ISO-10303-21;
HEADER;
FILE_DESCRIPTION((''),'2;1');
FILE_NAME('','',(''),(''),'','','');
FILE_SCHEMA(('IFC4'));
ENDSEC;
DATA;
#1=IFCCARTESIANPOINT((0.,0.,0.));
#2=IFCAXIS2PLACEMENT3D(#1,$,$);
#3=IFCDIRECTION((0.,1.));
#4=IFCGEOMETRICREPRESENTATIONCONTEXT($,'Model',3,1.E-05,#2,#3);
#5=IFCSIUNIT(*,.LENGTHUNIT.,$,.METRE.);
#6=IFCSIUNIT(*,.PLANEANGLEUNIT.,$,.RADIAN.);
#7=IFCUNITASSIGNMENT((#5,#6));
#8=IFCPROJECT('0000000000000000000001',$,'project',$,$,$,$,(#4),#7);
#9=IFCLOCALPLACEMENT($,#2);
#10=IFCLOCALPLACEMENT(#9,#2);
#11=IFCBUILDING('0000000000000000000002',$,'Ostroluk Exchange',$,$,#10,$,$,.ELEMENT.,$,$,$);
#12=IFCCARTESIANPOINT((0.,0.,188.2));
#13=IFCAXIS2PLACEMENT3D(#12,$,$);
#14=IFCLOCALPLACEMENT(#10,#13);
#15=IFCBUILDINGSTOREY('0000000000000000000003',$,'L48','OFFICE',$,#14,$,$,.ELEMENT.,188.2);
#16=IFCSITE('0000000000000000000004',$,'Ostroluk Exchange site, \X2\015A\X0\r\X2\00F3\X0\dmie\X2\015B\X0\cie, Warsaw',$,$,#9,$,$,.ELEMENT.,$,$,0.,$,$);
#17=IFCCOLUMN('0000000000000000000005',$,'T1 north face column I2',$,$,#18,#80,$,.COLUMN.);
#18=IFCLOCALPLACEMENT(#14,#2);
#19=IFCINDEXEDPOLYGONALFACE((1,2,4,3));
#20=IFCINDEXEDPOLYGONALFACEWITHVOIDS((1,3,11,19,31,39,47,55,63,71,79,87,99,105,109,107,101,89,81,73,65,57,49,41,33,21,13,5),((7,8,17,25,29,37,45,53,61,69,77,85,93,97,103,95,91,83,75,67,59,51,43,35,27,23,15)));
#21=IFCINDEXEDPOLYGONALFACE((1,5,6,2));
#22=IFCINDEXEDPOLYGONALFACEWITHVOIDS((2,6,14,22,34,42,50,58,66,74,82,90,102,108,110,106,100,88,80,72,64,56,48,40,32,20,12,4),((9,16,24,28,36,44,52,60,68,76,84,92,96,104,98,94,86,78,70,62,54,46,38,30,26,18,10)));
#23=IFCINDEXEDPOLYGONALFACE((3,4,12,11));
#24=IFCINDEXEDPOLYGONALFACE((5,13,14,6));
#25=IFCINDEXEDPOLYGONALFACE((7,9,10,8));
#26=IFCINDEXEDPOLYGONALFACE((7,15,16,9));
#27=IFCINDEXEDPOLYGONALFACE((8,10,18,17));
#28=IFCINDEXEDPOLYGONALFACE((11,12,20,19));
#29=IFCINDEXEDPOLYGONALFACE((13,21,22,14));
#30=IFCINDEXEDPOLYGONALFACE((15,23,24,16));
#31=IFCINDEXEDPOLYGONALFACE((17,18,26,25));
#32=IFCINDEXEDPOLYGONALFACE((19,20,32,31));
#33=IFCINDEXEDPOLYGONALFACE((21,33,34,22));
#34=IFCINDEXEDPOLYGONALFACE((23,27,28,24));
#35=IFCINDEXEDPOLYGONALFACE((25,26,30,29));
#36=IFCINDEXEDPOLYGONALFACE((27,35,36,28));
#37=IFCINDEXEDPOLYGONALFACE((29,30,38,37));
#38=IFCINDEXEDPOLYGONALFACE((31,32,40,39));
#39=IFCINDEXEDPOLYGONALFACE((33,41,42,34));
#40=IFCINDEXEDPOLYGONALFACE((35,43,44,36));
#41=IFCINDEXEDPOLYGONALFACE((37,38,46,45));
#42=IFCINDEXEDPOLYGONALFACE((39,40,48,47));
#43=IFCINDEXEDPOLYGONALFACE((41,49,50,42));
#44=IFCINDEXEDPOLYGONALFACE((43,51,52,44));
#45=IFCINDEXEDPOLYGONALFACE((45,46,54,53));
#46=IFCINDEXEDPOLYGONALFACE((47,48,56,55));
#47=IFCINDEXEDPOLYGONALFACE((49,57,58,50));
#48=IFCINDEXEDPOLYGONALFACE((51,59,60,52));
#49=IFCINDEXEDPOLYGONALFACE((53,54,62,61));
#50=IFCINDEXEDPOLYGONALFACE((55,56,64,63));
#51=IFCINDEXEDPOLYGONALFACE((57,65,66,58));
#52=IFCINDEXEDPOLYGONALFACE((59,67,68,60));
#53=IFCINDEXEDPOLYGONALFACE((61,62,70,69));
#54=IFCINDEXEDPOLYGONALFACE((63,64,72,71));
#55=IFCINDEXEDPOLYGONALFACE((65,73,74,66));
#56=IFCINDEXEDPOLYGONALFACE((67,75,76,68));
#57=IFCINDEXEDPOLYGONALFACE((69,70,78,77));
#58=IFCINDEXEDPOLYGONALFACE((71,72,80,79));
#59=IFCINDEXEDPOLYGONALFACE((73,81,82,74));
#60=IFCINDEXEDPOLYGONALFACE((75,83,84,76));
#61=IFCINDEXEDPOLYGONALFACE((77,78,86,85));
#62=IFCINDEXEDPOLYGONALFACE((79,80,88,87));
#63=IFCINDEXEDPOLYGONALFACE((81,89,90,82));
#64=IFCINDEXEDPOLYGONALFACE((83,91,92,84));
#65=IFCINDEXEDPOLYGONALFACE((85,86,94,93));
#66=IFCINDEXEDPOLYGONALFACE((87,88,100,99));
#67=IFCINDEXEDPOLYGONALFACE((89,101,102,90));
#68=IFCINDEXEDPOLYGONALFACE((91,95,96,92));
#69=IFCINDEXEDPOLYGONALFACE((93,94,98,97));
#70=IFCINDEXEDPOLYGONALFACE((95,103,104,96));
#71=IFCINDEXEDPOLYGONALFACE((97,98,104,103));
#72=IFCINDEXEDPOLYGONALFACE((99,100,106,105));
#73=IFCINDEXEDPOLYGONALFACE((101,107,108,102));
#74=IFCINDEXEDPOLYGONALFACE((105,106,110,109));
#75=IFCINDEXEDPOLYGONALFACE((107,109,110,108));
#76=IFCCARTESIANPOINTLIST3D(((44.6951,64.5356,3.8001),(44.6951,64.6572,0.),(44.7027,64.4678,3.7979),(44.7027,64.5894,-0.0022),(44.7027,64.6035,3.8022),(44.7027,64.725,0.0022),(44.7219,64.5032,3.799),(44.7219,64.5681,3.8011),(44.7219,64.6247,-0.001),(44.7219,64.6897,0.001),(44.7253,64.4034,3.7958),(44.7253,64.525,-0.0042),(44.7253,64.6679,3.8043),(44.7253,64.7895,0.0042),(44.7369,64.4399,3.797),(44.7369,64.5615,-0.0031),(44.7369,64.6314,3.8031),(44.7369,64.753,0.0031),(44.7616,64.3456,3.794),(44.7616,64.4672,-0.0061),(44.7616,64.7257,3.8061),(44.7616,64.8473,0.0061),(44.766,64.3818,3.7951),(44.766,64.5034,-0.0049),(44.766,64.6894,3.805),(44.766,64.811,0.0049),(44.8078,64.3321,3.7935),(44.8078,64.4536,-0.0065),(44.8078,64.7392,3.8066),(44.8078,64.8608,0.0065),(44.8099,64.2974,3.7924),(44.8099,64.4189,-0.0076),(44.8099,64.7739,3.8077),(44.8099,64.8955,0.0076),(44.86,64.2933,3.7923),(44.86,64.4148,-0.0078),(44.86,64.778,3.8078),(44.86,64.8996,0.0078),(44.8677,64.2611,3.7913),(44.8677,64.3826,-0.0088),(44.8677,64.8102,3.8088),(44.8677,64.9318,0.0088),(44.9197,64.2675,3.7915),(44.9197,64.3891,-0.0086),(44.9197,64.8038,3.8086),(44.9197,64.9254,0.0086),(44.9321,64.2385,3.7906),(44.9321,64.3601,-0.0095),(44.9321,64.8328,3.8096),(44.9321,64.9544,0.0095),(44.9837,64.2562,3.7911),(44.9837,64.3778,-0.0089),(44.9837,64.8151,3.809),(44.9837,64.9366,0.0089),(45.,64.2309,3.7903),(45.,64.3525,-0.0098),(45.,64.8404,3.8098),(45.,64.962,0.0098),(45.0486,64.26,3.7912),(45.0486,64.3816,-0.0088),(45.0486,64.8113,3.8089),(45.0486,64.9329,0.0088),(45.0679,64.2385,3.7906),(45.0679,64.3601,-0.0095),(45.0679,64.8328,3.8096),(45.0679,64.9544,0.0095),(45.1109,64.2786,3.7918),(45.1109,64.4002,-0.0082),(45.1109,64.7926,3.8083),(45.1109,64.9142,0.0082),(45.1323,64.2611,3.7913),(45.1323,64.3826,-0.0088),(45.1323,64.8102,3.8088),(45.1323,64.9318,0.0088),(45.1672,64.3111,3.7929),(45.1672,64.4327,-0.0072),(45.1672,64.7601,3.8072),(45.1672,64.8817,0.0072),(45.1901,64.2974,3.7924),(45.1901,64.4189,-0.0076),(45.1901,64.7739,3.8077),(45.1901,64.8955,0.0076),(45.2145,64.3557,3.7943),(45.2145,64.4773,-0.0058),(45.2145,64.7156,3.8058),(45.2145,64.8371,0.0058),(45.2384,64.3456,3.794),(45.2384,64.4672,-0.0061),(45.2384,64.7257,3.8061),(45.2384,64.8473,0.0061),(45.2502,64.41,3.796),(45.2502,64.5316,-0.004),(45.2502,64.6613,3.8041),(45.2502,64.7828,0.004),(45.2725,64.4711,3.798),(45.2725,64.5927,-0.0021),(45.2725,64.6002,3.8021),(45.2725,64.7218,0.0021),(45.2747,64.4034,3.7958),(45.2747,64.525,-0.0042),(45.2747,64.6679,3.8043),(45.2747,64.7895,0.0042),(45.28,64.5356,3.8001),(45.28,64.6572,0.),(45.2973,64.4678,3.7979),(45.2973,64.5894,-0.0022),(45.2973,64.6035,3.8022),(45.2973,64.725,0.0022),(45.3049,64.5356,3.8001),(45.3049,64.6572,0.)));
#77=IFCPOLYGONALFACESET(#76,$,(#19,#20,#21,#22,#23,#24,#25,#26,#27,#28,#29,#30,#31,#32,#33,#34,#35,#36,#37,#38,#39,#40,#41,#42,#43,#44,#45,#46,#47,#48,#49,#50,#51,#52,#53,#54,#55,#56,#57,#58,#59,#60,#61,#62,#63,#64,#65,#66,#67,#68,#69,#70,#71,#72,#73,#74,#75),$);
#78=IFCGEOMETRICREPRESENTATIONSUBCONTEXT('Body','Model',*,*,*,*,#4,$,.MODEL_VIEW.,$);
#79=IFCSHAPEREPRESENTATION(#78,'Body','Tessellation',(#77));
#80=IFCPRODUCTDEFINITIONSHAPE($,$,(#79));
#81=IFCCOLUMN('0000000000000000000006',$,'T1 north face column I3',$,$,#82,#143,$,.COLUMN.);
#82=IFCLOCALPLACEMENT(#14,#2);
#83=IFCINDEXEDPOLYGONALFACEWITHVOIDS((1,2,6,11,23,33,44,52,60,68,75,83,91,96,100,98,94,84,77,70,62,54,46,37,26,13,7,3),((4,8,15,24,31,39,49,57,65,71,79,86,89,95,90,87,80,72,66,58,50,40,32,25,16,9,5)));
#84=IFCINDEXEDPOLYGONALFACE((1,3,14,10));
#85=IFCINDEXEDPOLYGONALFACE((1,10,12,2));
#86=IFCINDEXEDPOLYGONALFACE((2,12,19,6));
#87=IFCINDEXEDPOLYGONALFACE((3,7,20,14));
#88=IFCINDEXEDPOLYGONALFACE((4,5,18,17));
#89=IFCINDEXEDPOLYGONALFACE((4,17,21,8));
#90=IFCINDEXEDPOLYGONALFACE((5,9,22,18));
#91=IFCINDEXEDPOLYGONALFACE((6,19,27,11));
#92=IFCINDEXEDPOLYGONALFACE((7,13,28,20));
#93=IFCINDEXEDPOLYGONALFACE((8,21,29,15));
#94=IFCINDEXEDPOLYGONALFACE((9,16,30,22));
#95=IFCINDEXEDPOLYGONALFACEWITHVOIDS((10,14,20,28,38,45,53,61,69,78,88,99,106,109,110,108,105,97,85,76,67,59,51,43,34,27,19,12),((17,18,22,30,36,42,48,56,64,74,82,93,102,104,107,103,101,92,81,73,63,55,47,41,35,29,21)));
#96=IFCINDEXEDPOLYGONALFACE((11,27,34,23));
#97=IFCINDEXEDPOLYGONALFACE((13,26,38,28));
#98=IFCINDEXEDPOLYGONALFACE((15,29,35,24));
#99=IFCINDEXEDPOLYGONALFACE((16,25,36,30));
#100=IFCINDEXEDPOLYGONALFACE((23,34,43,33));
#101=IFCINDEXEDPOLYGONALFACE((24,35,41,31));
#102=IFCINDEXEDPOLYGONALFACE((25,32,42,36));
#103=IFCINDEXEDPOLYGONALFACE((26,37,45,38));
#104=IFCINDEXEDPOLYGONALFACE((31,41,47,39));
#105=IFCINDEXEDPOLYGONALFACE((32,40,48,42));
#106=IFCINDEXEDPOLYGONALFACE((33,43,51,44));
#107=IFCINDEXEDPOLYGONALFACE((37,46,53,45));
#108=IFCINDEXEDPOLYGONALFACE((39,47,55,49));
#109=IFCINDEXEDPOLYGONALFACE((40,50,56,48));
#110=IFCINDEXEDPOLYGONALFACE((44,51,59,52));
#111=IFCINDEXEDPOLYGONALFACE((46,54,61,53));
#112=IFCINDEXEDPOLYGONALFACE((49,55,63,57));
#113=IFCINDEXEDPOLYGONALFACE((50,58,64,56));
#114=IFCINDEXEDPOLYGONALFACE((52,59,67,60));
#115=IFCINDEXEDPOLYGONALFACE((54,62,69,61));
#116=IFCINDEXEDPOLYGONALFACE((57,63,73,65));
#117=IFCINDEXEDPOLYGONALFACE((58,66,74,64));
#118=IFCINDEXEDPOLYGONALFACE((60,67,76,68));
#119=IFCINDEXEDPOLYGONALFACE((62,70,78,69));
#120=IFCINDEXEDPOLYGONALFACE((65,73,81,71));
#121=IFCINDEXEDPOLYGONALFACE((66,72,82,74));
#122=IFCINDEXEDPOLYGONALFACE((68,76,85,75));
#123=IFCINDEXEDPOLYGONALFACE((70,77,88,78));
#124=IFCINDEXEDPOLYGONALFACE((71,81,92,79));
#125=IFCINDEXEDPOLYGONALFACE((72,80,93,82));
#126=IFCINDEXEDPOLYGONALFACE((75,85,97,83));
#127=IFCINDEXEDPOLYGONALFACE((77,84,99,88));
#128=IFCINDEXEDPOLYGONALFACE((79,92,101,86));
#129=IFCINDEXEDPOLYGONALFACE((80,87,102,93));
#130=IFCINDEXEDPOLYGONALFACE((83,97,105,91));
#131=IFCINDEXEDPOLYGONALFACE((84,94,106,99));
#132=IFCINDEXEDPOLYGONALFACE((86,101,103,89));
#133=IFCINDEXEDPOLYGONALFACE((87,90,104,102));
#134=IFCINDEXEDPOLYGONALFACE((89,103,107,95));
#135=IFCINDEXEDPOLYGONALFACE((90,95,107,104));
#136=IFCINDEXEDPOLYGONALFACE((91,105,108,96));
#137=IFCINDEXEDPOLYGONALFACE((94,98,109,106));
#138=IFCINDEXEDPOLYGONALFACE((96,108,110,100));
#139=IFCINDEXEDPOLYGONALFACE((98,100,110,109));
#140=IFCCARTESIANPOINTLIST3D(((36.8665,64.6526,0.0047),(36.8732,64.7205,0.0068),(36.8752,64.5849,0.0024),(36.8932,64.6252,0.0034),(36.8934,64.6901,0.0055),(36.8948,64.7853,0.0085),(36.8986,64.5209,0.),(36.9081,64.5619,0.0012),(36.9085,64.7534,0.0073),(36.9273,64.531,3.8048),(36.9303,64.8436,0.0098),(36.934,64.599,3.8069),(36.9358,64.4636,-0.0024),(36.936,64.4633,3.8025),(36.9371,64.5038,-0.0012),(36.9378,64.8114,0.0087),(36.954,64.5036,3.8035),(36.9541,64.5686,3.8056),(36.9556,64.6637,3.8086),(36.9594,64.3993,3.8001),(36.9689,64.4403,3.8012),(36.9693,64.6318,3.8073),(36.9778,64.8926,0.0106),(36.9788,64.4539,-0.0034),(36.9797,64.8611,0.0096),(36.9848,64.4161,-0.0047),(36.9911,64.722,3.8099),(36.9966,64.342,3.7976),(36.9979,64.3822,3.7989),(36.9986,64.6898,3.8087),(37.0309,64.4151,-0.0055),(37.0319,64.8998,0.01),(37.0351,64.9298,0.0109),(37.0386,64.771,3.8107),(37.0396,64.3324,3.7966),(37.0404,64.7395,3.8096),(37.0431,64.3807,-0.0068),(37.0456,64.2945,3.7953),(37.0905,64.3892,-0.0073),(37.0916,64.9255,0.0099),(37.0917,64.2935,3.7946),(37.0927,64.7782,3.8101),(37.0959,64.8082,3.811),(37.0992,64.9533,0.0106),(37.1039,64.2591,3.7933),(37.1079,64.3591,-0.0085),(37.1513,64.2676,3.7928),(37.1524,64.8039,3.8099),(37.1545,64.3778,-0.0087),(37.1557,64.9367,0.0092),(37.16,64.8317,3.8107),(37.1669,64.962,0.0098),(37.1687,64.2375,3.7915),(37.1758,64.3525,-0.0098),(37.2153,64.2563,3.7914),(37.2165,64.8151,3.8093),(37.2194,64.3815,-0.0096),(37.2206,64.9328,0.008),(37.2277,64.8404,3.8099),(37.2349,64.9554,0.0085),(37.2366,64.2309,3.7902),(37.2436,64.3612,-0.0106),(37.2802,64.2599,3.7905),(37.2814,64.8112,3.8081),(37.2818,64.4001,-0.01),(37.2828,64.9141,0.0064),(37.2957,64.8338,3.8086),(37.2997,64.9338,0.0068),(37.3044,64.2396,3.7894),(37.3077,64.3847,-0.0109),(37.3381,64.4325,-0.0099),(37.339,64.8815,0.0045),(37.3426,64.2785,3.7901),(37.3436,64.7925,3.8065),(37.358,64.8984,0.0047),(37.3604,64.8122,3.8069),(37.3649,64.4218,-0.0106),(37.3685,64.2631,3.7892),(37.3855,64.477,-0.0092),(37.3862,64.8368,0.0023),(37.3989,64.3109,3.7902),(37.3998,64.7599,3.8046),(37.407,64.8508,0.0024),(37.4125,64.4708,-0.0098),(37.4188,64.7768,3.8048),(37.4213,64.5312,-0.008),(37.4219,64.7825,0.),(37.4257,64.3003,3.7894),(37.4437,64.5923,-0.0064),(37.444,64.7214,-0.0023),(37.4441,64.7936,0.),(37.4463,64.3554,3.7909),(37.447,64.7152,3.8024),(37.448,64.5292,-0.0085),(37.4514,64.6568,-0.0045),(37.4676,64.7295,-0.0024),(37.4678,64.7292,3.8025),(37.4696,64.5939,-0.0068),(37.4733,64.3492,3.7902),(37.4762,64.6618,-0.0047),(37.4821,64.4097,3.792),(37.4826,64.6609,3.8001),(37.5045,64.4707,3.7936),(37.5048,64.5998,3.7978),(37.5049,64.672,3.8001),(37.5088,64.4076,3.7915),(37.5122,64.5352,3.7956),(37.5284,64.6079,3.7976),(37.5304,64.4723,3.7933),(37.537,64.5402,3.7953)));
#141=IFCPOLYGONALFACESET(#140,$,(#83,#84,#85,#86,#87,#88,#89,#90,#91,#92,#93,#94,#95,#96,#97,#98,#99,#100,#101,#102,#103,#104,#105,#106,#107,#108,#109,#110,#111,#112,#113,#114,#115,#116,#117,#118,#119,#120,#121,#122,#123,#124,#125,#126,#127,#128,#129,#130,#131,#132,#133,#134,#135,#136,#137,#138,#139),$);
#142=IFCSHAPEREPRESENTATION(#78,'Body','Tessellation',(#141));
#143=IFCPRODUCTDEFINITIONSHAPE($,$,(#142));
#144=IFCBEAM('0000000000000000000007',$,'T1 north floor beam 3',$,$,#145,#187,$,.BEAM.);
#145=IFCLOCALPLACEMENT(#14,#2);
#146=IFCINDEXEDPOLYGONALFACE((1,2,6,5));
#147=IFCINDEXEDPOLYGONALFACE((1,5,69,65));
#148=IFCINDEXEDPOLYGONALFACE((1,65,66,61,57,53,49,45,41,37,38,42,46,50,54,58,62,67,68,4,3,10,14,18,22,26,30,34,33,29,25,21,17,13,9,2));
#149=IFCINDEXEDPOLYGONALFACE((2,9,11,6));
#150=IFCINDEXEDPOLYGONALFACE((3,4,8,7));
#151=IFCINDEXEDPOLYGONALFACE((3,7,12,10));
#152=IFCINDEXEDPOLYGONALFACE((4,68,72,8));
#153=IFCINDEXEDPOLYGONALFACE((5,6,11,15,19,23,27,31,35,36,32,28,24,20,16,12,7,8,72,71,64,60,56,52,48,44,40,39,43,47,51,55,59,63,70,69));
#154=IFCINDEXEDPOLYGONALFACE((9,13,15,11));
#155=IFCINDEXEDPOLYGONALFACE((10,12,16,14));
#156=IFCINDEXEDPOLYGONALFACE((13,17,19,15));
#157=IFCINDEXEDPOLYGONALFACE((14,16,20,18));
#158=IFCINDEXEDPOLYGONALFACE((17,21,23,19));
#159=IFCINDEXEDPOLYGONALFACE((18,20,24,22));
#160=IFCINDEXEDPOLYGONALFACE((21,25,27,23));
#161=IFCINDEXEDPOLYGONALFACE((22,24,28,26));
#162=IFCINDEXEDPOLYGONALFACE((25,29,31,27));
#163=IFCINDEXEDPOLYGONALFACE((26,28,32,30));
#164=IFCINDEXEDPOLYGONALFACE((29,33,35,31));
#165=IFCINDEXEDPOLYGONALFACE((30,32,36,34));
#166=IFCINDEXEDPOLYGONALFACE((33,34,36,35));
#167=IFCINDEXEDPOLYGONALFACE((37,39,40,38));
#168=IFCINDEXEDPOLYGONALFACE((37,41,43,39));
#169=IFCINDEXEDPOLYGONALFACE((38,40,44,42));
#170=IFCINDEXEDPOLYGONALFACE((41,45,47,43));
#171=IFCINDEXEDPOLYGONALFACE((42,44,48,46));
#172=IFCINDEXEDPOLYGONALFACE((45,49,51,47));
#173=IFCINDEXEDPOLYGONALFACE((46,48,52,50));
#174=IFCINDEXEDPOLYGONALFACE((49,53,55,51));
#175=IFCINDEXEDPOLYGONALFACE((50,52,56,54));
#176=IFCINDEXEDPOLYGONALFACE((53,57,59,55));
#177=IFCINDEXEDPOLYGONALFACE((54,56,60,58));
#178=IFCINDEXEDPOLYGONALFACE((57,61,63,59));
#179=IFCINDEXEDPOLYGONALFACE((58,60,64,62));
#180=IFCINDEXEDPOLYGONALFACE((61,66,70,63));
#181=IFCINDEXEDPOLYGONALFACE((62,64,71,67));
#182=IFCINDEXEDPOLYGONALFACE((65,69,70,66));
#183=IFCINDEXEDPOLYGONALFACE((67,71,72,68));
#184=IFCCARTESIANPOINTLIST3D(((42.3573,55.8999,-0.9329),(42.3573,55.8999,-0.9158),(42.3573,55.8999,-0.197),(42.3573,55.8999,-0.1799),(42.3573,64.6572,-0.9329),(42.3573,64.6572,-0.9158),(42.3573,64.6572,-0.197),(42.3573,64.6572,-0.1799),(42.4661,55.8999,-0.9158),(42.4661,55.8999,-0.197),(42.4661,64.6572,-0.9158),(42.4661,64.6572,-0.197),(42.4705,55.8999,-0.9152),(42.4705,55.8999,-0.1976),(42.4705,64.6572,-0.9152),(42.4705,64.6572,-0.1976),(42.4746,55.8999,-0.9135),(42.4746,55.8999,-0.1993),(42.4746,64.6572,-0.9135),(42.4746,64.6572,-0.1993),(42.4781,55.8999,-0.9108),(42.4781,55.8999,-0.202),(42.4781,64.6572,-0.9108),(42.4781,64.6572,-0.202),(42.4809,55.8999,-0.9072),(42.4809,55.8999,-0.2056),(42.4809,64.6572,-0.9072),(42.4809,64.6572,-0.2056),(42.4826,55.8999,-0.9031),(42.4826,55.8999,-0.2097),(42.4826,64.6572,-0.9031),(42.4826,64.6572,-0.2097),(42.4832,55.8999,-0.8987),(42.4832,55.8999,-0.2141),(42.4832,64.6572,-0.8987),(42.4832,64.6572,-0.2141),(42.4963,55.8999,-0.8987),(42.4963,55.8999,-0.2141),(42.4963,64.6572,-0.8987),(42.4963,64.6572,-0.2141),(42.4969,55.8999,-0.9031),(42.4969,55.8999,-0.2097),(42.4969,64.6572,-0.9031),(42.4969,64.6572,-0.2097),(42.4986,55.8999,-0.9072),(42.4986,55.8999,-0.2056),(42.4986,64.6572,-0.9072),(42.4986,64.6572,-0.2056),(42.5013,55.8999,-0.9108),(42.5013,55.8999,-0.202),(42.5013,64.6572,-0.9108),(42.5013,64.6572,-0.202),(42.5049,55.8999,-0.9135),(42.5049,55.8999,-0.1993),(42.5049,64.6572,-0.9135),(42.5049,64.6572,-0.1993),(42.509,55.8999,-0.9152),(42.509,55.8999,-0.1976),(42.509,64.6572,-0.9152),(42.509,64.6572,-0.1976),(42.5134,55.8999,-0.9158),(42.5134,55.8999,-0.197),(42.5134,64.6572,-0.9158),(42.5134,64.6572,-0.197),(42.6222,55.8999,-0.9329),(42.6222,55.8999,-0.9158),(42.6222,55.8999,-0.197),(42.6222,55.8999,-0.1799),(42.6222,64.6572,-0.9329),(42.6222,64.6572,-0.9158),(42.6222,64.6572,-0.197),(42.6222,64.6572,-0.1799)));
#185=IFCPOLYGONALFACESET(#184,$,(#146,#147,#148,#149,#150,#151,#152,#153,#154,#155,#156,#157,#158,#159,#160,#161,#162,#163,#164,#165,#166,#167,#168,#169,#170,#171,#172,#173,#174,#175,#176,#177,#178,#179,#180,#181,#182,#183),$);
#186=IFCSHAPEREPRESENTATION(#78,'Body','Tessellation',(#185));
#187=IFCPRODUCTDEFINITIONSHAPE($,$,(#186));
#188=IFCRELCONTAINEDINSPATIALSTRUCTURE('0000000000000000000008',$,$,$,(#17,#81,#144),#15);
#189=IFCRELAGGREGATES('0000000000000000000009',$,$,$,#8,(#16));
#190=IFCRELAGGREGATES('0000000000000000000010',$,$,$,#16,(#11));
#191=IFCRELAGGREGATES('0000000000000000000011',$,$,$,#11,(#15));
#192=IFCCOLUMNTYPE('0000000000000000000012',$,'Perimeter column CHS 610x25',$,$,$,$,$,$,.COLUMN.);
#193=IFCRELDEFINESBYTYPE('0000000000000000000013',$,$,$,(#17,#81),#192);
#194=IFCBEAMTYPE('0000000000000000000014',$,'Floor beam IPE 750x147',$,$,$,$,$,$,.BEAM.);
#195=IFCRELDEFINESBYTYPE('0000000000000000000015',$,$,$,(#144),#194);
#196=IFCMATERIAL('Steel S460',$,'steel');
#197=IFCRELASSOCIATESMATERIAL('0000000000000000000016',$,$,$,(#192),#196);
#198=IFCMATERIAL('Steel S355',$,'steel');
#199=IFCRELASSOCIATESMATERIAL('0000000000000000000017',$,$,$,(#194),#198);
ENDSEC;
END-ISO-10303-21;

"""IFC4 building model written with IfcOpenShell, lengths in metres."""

from ifc_helpers import new_model, si_unit, direction, frame, origin, origin_2d, place, context, subcontext, project, spatial, hollow_circle, i_section, extrude, material, material_profile, profile_set, type_object, element, save


model = new_model("IFC4")

# Units and contexts
model_context = context("Model", 3, precision=1e-05, world=origin(), true_north=direction((0.0, 1.0)))
body_context = subcontext(model_context, "Body", "Model", "MODEL_VIEW")
ifc_project = project(units=[si_unit("LENGTHUNIT", "METRE"), si_unit("PLANEANGLEUNIT", "RADIAN")], contexts=[model_context])

# Site, building, storey
site_placement = place(None, origin())
site = spatial("IfcSite", under=ifc_project, at=site_placement, Name="Ostroluk Exchange site, Śródmieście, Warsaw", CompositionType="ELEMENT", RefElevation=0.0)
building_placement = place(site_placement, origin())
building = spatial("IfcBuilding", under=site, at=building_placement, Name="Ostroluk Exchange", CompositionType="ELEMENT")
storey_placement = place(building_placement, frame((0.0, 0.0, 188.2)))
storey = spatial("IfcBuildingStorey", under=building, at=storey_placement, Name="L48", Description="OFFICE", CompositionType="ELEMENT", Elevation=188.2)

# Columns
ifc_material_1 = material(Name="Steel S460", Category="steel")
ifc_material_profile_1 = material_profile(ifc_material_1, hollow_circle(Radius=0.3049, WallThickness=0.0249, at=origin_2d()), Name="CHS 610x25")
ifc_profile_set_1 = profile_set([ifc_material_profile_1], Name="Steel S460")
column_type = type_object("IfcColumnType", Name="Perimeter column CHS 610x25", PredefinedType="COLUMN", material=ifc_profile_set_1)
column_1_placement = place(storey_placement, frame((45.0, 64.6572, 0.0), z_axis=(0.0, -0.031978, 0.999489), x_axis=(1.0, 0.0, 0.0)))
element("IfcColumn", 1, at=column_1_placement, inside=storey, type_object=column_type, Name="T1 north face column I2", PredefinedType="COLUMN", context=body_context, shape_type="SweptSolid", body=[
    extrude(hollow_circle(Radius=0.3049, WallThickness=0.0249, at=origin_2d()), origin(), (0.0, 0.0, 1.0), 3.802),
])
column_2_placement = place(storey_placement, frame((37.1714, 64.6572, 0.0), z_axis=(0.015987, -0.031974, 0.999361), x_axis=(0.894427, 0.447214, 0.0)))
element("IfcColumn", 2, at=column_2_placement, inside=storey, type_object=column_type, Name="T1 north face column I3", PredefinedType="COLUMN", context=body_context, shape_type="SweptSolid", body=[
    extrude(hollow_circle(Radius=0.3049, WallThickness=0.0249, at=origin_2d()), origin(), (0.0, 0.0, 1.0), 3.8025),
])

# Beam
ifc_material_2 = material(Name="Steel S355", Category="steel")
ifc_material_profile_2 = material_profile(ifc_material_2, i_section(OverallWidth=0.2649, OverallDepth=0.7529, WebThickness=0.0132, FlangeThickness=0.0171, FilletRadius=0.0171, at=origin_2d()), Name="IPE 750x147")
ifc_profile_set_2 = profile_set([ifc_material_profile_2], Name="Steel S355")
beam_type_1 = type_object("IfcBeamType", Name="Floor beam IPE 750x147", PredefinedType="BEAM", material=ifc_profile_set_2)
for number, where, z_axis, x_axis, name in (
    (3, (42.4897, 55.8999, -0.5564), (0.0, 1.0, 0.0), (-1.0, 0.0, 0.0), "T1 north floor beam 3"),
):
    element("IfcBeam", number, at=place(storey_placement, frame(where, z_axis=z_axis, x_axis=x_axis)), inside=storey, type_object=beam_type_1, Name=name, PredefinedType="BEAM", context=body_context, shape_type="SweptSolid", body=[
        extrude(i_section(OverallWidth=0.2649, OverallDepth=0.7529, WebThickness=0.0132, FlangeThickness=0.0171, FilletRadius=0.0171, at=origin_2d()), origin(), (0.0, 0.0, 1.0), 8.7573),
    ])

save(model, "model.ifc")
